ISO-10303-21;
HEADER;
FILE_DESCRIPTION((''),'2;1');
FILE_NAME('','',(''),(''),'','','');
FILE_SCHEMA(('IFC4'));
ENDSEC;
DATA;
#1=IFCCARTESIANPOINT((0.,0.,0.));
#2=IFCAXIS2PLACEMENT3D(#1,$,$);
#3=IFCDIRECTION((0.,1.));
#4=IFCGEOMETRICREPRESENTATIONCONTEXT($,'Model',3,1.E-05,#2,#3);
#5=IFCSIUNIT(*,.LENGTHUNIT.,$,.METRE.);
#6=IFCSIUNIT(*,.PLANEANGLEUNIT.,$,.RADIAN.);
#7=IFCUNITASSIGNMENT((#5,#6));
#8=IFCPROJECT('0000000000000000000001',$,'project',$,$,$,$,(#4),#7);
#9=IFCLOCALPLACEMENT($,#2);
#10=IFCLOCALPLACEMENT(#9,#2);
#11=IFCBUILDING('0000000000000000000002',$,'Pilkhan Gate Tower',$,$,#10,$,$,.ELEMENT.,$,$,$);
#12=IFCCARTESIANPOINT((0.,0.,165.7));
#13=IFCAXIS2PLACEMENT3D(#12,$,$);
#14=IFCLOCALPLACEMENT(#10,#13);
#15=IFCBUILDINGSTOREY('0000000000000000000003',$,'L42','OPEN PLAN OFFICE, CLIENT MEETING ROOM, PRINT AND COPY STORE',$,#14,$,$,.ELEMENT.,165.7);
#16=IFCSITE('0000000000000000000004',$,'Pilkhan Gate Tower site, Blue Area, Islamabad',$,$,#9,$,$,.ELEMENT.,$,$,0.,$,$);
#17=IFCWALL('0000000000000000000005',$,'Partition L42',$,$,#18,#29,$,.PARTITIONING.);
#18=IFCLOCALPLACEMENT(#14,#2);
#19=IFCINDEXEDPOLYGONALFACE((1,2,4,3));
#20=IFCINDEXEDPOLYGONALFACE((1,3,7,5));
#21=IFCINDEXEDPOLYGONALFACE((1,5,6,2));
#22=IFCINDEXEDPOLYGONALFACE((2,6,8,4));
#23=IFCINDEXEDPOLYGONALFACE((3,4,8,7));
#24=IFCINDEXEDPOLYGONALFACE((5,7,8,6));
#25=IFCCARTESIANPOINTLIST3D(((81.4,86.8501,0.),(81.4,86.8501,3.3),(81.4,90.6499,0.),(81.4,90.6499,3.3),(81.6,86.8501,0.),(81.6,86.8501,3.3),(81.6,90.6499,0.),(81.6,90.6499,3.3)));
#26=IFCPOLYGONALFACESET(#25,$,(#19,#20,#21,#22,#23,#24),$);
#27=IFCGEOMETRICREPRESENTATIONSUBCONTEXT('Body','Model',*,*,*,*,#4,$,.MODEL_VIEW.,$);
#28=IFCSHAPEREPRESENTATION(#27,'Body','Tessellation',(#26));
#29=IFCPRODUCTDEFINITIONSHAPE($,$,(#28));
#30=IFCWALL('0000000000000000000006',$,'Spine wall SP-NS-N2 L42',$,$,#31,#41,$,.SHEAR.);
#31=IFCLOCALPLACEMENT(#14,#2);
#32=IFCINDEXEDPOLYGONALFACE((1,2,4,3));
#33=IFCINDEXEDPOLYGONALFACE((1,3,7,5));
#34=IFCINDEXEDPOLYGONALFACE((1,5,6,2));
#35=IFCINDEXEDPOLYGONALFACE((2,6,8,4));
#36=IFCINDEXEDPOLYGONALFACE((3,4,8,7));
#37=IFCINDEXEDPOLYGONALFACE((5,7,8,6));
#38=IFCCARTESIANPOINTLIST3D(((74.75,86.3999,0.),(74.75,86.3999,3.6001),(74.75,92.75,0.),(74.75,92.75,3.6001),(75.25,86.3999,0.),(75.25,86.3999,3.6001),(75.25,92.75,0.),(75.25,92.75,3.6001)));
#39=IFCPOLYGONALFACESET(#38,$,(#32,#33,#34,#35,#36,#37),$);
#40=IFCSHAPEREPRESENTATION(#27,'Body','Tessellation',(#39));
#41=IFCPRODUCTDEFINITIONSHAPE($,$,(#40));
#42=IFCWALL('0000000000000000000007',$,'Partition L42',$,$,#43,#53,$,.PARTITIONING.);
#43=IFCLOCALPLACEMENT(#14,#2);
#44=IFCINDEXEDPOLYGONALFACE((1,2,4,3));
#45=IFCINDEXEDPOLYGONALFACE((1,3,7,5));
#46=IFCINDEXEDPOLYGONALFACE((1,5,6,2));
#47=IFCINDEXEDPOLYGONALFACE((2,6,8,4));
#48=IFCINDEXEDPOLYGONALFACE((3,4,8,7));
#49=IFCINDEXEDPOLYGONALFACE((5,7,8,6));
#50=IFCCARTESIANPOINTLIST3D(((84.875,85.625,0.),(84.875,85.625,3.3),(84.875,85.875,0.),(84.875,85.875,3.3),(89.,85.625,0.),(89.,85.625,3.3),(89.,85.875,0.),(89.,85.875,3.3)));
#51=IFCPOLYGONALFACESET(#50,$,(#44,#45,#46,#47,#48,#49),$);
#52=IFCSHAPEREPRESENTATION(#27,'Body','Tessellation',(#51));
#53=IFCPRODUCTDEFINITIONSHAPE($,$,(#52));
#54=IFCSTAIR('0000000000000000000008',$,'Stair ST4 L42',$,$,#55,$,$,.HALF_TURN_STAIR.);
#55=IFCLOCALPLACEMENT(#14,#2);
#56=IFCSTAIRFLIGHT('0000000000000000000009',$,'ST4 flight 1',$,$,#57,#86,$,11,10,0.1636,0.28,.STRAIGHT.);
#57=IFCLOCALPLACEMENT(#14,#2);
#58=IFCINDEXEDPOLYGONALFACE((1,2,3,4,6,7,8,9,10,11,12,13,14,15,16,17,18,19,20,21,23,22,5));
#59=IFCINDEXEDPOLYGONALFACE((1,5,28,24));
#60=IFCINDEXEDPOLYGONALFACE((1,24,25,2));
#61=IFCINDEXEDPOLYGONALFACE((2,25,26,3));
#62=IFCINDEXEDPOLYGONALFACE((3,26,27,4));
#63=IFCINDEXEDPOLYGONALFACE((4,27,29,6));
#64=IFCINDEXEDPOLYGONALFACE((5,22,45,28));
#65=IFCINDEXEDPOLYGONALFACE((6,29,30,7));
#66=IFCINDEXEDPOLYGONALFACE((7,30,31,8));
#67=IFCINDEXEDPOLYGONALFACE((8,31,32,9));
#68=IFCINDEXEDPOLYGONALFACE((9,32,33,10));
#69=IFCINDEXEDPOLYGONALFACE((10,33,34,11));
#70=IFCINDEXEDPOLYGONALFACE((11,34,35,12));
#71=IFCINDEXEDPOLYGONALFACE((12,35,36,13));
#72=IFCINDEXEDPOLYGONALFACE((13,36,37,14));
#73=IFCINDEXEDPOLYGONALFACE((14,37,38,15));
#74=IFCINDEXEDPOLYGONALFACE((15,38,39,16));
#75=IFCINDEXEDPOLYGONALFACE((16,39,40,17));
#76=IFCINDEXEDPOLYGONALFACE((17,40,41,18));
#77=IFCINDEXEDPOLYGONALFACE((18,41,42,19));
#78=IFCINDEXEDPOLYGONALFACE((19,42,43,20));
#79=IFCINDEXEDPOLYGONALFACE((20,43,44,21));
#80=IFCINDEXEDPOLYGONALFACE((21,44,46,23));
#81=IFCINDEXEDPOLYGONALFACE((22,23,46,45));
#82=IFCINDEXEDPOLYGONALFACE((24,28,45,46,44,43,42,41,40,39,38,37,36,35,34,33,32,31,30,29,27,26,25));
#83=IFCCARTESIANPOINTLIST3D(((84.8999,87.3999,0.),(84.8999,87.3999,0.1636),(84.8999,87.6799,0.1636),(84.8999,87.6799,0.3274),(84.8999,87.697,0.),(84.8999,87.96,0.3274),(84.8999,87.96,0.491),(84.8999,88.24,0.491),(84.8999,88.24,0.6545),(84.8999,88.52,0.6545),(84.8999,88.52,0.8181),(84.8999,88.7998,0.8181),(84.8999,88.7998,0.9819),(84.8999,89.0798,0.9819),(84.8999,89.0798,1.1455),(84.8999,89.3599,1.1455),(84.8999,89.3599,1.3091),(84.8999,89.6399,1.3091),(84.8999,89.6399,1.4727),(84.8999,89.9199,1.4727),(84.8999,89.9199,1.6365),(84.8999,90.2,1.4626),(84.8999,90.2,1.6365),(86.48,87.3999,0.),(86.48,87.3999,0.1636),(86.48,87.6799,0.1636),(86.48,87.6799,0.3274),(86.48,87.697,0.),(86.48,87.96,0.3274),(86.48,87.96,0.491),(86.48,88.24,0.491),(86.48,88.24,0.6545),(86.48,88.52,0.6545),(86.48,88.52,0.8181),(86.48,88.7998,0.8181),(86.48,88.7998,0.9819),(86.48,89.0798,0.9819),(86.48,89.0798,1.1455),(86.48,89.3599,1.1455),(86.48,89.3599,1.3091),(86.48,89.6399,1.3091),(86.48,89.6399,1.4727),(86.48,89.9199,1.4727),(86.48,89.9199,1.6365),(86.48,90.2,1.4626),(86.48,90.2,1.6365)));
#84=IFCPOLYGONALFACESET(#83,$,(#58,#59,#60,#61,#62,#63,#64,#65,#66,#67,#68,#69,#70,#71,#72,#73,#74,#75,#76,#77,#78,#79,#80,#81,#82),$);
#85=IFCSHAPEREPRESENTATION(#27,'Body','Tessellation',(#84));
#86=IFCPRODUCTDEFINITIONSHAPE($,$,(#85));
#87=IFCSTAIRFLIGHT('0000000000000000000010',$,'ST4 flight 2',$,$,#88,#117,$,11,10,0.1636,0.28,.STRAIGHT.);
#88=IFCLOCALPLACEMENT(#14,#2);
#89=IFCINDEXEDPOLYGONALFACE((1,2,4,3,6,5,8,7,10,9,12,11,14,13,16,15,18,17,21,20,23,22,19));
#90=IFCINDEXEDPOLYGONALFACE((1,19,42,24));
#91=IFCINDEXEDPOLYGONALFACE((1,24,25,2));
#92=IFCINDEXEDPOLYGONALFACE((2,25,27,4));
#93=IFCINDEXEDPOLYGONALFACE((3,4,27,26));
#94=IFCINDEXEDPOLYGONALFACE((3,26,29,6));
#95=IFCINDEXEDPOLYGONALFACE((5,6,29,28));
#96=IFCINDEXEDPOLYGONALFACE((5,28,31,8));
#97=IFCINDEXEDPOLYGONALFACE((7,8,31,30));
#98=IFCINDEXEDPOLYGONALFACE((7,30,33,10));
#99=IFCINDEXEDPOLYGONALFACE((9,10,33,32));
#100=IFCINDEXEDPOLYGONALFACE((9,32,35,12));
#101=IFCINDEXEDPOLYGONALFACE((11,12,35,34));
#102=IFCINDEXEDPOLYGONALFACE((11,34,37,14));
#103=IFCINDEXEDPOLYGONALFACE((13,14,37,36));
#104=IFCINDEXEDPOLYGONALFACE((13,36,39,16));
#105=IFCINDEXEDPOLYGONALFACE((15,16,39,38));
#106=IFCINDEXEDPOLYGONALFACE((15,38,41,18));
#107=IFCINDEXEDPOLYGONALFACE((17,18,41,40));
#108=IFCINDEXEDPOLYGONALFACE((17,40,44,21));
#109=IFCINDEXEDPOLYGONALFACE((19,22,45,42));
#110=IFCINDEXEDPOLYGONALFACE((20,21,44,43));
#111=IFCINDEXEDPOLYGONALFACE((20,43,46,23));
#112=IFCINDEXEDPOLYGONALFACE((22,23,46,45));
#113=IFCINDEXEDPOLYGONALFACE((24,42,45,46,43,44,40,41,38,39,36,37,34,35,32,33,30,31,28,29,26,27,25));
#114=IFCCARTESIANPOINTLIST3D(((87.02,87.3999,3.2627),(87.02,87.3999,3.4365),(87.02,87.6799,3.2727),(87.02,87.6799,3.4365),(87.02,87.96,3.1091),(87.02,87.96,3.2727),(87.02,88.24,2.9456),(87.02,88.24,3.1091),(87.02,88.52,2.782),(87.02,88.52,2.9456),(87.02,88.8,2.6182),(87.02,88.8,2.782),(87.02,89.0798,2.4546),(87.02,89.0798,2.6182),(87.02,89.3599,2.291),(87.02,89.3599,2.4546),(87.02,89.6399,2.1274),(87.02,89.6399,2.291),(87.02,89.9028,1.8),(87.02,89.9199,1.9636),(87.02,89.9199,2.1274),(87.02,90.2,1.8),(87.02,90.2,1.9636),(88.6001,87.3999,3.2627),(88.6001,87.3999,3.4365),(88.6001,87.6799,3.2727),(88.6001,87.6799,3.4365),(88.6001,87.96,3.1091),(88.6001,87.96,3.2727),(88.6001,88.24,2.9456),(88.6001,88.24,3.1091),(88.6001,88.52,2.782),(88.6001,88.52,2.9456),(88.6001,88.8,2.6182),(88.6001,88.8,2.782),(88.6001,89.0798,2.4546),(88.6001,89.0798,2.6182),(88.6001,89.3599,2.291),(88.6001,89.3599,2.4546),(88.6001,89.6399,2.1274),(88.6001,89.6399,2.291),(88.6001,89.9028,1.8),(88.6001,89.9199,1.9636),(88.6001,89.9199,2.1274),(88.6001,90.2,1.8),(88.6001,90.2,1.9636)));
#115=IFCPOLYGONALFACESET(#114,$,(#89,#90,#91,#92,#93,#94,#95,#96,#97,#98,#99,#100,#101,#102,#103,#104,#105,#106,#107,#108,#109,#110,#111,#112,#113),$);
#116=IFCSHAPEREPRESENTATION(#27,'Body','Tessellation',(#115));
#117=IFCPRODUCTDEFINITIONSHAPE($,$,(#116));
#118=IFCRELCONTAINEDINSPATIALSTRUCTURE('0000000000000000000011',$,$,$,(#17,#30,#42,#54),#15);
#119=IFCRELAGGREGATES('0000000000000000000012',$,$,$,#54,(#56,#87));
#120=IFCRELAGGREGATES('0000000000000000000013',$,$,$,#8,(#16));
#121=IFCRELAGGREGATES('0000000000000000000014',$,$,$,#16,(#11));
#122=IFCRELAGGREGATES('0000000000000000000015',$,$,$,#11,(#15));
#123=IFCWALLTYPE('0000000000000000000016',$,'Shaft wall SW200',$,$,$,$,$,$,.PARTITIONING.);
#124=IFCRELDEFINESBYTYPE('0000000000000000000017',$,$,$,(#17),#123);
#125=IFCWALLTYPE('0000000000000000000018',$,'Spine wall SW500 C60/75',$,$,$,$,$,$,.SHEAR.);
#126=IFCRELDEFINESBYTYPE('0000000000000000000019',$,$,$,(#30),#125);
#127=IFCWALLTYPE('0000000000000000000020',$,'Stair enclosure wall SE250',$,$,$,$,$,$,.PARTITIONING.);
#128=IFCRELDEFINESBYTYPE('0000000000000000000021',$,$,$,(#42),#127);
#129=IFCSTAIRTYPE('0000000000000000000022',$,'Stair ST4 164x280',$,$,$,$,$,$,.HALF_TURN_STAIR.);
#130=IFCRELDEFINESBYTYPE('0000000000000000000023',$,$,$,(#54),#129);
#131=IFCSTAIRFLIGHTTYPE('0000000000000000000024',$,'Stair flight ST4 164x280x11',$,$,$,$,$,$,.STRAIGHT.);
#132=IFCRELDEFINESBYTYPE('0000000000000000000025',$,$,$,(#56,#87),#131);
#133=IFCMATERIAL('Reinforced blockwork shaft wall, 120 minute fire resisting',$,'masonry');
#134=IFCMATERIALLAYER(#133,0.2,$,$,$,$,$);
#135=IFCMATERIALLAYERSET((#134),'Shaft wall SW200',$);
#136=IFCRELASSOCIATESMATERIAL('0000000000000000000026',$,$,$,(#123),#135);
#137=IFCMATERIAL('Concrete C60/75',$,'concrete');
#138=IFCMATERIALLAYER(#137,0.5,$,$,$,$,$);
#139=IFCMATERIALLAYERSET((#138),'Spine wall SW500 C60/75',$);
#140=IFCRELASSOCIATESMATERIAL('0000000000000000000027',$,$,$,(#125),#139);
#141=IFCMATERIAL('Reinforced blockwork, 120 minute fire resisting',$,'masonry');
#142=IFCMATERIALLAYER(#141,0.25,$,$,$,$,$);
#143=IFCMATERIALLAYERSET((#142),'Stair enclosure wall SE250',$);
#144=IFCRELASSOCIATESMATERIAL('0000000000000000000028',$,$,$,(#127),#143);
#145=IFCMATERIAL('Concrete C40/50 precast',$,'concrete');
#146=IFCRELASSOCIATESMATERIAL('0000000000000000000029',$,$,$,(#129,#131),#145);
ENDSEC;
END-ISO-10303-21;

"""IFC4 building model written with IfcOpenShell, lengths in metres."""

from ifc_helpers import new_model, si_unit, direction, frame, frame_2d, origin, place, context, subcontext, project, spatial, polyline, rectangle, outline, extrude, material, layer, layer_set, type_object, element, aggregate, save


model = new_model("IFC4")

# Units and contexts
model_context = context("Model", 3, precision=1e-05, world=origin(), true_north=direction((0.0, 1.0)))
body_context = subcontext(model_context, "Body", "Model", "MODEL_VIEW")
ifc_project = project(units=[si_unit("LENGTHUNIT", "METRE"), si_unit("PLANEANGLEUNIT", "RADIAN")], contexts=[model_context])

# Site, building, storey
site_placement = place(None, origin())
site = spatial("IfcSite", under=ifc_project, at=site_placement, Name="Pilkhan Gate Tower site, Blue Area, Islamabad", CompositionType="ELEMENT", RefElevation=0.0)
building_placement = place(site_placement, origin())
building = spatial("IfcBuilding", under=site, at=building_placement, Name="Pilkhan Gate Tower", CompositionType="ELEMENT")
storey_placement = place(building_placement, frame((0.0, 0.0, 165.7)))
storey = spatial("IfcBuildingStorey", under=building, at=storey_placement, Name="L42", Description="OPEN PLAN OFFICE, CLIENT MEETING ROOM, PRINT AND COPY STORE", CompositionType="ELEMENT", Elevation=165.7)

# Shared definitions
ifc_material_1 = material(Name="Reinforced blockwork shaft wall, 120 minute fire resisting", Category="masonry")
ifc_layer_1 = layer(ifc_material_1, 0.2)
ifc_layer_set_1 = layer_set([ifc_layer_1], Name="Shaft wall SW200")
wall_type_1 = type_object("IfcWallType", Name="Shaft wall SW200", PredefinedType="PARTITIONING", material=ifc_layer_set_1)

# Walls
for number, where, z_axis, x_axis, name in (
    (1, (81.5, 86.8501, 0.0), (0.0, 0.0, 1.0), (0.0, 1.0, 0.0), "Partition L42"),
):
    element("IfcWall", number, at=place(storey_placement, frame(where, z_axis=z_axis, x_axis=x_axis)), inside=storey, type_object=wall_type_1, Name=name, PredefinedType="PARTITIONING", context=body_context, shape_type="SweptSolid", body=[
        extrude(rectangle(XDim=3.7998, YDim=0.2, at=frame_2d((1.8999, 0.0))), origin(), (0.0, 0.0, 1.0), 3.3),
    ])
ifc_material_2 = material(Name="Concrete C60/75", Category="concrete")
ifc_layer_2 = layer(ifc_material_2, 0.5)
ifc_layer_set_2 = layer_set([ifc_layer_2], Name="Spine wall SW500 C60/75")
wall_type_2 = type_object("IfcWallType", Name="Spine wall SW500 C60/75", PredefinedType="SHEAR", material=ifc_layer_set_2)
wall_1_placement = place(storey_placement, frame((75.0, 86.3999, 0.0), z_axis=(0.0, 0.0, 1.0), x_axis=(0.0, 1.0, 0.0)))
element("IfcWall", 2, at=wall_1_placement, inside=storey, type_object=wall_type_2, Name="Spine wall SP-NS-N2 L42", PredefinedType="SHEAR", context=body_context, shape_type="SweptSolid", body=[
    extrude(rectangle(XDim=6.3501, YDim=0.5, at=frame_2d((3.175, 0.0))), origin(), (0.0, 0.0, 1.0), 3.6001),
])
ifc_material_3 = material(Name="Reinforced blockwork, 120 minute fire resisting", Category="masonry")
ifc_layer_3 = layer(ifc_material_3, 0.25)
ifc_layer_set_3 = layer_set([ifc_layer_3], Name="Stair enclosure wall SE250")
wall_type_3 = type_object("IfcWallType", Name="Stair enclosure wall SE250", PredefinedType="PARTITIONING", material=ifc_layer_set_3)
wall_2_placement = place(storey_placement, frame((84.875, 85.75, 0.0), z_axis=(0.0, 0.0, 1.0), x_axis=(1.0, 0.0, 0.0)))
element("IfcWall", 3, at=wall_2_placement, inside=storey, type_object=wall_type_3, Name="Partition L42", PredefinedType="PARTITIONING", context=body_context, shape_type="SweptSolid", body=[
    extrude(rectangle(XDim=4.125, YDim=0.25, at=frame_2d((2.0625, 0.0))), origin(), (0.0, 0.0, 1.0), 3.3),
])

# Stair, stair flights
ifc_material_4 = material(Name="Concrete C40/50 precast", Category="concrete")
stair_type = type_object("IfcStairType", Name="Stair ST4 164x280", PredefinedType="HALF_TURN_STAIR", material=ifc_material_4)
stair_placement = place(storey_placement, origin())
stair = element("IfcStair", 4, at=stair_placement, inside=storey, type_object=stair_type, Name="Stair ST4 L42", PredefinedType="HALF_TURN_STAIR")
stair_flight_type = type_object("IfcStairFlightType", Name="Stair flight ST4 164x280x11", PredefinedType="STRAIGHT", material=ifc_material_4)
stair_flight_1_placement = place(storey_placement, frame((85.6899, 87.3999, 0.0), z_axis=(0.0, 0.0, 1.0), x_axis=(0.0, 1.0, 0.0)))
stair_flight_1 = element("IfcStairFlight", 5, at=stair_flight_1_placement, type_object=stair_flight_type, Name="ST4 flight 1", NumberOfRisers=11, NumberOfTreads=10, PredefinedType="STRAIGHT", RiserHeight=0.1636, TreadLength=0.28, context=body_context, shape_type="SweptSolid", body=[
    extrude(outline(polyline([(0.0, 0.0), (0.0, 0.1636), (0.28, 0.1636), (0.28, 0.3274), (0.5601, 0.3274), (0.5601, 0.491), (0.8401, 0.491), (0.8401, 0.6545), (1.1201, 0.6545), (1.1201, 0.8181), (1.3999, 0.8181), (1.3999, 0.9819), (1.6799, 0.9819), (1.6799, 1.1455), (1.96, 1.1455), (1.96, 1.3091), (2.24, 1.3091), (2.24, 1.4727), (2.52, 1.4727), (2.52, 1.6365), (2.8, 1.6365), (2.8, 1.8), (2.8, 1.4626), (0.2971, 0.0), (0.0, 0.0)])), frame((0.0, 0.79, 0.0), z_axis=(0.0, -1.0, 0.0), x_axis=(1.0, 0.0, 0.0)), (0.0, 0.0, 1.0), 1.5801),
])
stair_flight_2_placement = place(storey_placement, frame((87.8101, 90.2, 1.8), z_axis=(0.0, 0.0, 1.0), x_axis=(0.0, -1.0, 0.0)))
stair_flight_2 = element("IfcStairFlight", 6, at=stair_flight_2_placement, type_object=stair_flight_type, Name="ST4 flight 2", NumberOfRisers=11, NumberOfTreads=10, PredefinedType="STRAIGHT", RiserHeight=0.1636, TreadLength=0.28, context=body_context, shape_type="SweptSolid", body=[
    extrude(outline(polyline([(0.0, 0.0), (0.0, 0.1636), (0.28, 0.1636), (0.28, 0.3274), (0.5601, 0.3274), (0.5601, 0.491), (0.8401, 0.491), (0.8401, 0.6545), (1.1201, 0.6545), (1.1201, 0.8181), (1.3999, 0.8181), (1.3999, 0.9819), (1.6799, 0.9819), (1.6799, 1.1455), (1.96, 1.1455), (1.96, 1.3091), (2.24, 1.3091), (2.24, 1.4727), (2.52, 1.4727), (2.52, 1.6365), (2.8, 1.6365), (2.8, 1.8), (2.8, 1.4626), (0.2971, 0.0), (0.0, 0.0)])), frame((0.0, 0.79, 0.0), z_axis=(0.0, -1.0, 0.0), x_axis=(1.0, 0.0, 0.0)), (0.0, 0.0, 1.0), 1.5801),
])
aggregate(stair, [stair_flight_1, stair_flight_2])

save(model, "model.ifc")
